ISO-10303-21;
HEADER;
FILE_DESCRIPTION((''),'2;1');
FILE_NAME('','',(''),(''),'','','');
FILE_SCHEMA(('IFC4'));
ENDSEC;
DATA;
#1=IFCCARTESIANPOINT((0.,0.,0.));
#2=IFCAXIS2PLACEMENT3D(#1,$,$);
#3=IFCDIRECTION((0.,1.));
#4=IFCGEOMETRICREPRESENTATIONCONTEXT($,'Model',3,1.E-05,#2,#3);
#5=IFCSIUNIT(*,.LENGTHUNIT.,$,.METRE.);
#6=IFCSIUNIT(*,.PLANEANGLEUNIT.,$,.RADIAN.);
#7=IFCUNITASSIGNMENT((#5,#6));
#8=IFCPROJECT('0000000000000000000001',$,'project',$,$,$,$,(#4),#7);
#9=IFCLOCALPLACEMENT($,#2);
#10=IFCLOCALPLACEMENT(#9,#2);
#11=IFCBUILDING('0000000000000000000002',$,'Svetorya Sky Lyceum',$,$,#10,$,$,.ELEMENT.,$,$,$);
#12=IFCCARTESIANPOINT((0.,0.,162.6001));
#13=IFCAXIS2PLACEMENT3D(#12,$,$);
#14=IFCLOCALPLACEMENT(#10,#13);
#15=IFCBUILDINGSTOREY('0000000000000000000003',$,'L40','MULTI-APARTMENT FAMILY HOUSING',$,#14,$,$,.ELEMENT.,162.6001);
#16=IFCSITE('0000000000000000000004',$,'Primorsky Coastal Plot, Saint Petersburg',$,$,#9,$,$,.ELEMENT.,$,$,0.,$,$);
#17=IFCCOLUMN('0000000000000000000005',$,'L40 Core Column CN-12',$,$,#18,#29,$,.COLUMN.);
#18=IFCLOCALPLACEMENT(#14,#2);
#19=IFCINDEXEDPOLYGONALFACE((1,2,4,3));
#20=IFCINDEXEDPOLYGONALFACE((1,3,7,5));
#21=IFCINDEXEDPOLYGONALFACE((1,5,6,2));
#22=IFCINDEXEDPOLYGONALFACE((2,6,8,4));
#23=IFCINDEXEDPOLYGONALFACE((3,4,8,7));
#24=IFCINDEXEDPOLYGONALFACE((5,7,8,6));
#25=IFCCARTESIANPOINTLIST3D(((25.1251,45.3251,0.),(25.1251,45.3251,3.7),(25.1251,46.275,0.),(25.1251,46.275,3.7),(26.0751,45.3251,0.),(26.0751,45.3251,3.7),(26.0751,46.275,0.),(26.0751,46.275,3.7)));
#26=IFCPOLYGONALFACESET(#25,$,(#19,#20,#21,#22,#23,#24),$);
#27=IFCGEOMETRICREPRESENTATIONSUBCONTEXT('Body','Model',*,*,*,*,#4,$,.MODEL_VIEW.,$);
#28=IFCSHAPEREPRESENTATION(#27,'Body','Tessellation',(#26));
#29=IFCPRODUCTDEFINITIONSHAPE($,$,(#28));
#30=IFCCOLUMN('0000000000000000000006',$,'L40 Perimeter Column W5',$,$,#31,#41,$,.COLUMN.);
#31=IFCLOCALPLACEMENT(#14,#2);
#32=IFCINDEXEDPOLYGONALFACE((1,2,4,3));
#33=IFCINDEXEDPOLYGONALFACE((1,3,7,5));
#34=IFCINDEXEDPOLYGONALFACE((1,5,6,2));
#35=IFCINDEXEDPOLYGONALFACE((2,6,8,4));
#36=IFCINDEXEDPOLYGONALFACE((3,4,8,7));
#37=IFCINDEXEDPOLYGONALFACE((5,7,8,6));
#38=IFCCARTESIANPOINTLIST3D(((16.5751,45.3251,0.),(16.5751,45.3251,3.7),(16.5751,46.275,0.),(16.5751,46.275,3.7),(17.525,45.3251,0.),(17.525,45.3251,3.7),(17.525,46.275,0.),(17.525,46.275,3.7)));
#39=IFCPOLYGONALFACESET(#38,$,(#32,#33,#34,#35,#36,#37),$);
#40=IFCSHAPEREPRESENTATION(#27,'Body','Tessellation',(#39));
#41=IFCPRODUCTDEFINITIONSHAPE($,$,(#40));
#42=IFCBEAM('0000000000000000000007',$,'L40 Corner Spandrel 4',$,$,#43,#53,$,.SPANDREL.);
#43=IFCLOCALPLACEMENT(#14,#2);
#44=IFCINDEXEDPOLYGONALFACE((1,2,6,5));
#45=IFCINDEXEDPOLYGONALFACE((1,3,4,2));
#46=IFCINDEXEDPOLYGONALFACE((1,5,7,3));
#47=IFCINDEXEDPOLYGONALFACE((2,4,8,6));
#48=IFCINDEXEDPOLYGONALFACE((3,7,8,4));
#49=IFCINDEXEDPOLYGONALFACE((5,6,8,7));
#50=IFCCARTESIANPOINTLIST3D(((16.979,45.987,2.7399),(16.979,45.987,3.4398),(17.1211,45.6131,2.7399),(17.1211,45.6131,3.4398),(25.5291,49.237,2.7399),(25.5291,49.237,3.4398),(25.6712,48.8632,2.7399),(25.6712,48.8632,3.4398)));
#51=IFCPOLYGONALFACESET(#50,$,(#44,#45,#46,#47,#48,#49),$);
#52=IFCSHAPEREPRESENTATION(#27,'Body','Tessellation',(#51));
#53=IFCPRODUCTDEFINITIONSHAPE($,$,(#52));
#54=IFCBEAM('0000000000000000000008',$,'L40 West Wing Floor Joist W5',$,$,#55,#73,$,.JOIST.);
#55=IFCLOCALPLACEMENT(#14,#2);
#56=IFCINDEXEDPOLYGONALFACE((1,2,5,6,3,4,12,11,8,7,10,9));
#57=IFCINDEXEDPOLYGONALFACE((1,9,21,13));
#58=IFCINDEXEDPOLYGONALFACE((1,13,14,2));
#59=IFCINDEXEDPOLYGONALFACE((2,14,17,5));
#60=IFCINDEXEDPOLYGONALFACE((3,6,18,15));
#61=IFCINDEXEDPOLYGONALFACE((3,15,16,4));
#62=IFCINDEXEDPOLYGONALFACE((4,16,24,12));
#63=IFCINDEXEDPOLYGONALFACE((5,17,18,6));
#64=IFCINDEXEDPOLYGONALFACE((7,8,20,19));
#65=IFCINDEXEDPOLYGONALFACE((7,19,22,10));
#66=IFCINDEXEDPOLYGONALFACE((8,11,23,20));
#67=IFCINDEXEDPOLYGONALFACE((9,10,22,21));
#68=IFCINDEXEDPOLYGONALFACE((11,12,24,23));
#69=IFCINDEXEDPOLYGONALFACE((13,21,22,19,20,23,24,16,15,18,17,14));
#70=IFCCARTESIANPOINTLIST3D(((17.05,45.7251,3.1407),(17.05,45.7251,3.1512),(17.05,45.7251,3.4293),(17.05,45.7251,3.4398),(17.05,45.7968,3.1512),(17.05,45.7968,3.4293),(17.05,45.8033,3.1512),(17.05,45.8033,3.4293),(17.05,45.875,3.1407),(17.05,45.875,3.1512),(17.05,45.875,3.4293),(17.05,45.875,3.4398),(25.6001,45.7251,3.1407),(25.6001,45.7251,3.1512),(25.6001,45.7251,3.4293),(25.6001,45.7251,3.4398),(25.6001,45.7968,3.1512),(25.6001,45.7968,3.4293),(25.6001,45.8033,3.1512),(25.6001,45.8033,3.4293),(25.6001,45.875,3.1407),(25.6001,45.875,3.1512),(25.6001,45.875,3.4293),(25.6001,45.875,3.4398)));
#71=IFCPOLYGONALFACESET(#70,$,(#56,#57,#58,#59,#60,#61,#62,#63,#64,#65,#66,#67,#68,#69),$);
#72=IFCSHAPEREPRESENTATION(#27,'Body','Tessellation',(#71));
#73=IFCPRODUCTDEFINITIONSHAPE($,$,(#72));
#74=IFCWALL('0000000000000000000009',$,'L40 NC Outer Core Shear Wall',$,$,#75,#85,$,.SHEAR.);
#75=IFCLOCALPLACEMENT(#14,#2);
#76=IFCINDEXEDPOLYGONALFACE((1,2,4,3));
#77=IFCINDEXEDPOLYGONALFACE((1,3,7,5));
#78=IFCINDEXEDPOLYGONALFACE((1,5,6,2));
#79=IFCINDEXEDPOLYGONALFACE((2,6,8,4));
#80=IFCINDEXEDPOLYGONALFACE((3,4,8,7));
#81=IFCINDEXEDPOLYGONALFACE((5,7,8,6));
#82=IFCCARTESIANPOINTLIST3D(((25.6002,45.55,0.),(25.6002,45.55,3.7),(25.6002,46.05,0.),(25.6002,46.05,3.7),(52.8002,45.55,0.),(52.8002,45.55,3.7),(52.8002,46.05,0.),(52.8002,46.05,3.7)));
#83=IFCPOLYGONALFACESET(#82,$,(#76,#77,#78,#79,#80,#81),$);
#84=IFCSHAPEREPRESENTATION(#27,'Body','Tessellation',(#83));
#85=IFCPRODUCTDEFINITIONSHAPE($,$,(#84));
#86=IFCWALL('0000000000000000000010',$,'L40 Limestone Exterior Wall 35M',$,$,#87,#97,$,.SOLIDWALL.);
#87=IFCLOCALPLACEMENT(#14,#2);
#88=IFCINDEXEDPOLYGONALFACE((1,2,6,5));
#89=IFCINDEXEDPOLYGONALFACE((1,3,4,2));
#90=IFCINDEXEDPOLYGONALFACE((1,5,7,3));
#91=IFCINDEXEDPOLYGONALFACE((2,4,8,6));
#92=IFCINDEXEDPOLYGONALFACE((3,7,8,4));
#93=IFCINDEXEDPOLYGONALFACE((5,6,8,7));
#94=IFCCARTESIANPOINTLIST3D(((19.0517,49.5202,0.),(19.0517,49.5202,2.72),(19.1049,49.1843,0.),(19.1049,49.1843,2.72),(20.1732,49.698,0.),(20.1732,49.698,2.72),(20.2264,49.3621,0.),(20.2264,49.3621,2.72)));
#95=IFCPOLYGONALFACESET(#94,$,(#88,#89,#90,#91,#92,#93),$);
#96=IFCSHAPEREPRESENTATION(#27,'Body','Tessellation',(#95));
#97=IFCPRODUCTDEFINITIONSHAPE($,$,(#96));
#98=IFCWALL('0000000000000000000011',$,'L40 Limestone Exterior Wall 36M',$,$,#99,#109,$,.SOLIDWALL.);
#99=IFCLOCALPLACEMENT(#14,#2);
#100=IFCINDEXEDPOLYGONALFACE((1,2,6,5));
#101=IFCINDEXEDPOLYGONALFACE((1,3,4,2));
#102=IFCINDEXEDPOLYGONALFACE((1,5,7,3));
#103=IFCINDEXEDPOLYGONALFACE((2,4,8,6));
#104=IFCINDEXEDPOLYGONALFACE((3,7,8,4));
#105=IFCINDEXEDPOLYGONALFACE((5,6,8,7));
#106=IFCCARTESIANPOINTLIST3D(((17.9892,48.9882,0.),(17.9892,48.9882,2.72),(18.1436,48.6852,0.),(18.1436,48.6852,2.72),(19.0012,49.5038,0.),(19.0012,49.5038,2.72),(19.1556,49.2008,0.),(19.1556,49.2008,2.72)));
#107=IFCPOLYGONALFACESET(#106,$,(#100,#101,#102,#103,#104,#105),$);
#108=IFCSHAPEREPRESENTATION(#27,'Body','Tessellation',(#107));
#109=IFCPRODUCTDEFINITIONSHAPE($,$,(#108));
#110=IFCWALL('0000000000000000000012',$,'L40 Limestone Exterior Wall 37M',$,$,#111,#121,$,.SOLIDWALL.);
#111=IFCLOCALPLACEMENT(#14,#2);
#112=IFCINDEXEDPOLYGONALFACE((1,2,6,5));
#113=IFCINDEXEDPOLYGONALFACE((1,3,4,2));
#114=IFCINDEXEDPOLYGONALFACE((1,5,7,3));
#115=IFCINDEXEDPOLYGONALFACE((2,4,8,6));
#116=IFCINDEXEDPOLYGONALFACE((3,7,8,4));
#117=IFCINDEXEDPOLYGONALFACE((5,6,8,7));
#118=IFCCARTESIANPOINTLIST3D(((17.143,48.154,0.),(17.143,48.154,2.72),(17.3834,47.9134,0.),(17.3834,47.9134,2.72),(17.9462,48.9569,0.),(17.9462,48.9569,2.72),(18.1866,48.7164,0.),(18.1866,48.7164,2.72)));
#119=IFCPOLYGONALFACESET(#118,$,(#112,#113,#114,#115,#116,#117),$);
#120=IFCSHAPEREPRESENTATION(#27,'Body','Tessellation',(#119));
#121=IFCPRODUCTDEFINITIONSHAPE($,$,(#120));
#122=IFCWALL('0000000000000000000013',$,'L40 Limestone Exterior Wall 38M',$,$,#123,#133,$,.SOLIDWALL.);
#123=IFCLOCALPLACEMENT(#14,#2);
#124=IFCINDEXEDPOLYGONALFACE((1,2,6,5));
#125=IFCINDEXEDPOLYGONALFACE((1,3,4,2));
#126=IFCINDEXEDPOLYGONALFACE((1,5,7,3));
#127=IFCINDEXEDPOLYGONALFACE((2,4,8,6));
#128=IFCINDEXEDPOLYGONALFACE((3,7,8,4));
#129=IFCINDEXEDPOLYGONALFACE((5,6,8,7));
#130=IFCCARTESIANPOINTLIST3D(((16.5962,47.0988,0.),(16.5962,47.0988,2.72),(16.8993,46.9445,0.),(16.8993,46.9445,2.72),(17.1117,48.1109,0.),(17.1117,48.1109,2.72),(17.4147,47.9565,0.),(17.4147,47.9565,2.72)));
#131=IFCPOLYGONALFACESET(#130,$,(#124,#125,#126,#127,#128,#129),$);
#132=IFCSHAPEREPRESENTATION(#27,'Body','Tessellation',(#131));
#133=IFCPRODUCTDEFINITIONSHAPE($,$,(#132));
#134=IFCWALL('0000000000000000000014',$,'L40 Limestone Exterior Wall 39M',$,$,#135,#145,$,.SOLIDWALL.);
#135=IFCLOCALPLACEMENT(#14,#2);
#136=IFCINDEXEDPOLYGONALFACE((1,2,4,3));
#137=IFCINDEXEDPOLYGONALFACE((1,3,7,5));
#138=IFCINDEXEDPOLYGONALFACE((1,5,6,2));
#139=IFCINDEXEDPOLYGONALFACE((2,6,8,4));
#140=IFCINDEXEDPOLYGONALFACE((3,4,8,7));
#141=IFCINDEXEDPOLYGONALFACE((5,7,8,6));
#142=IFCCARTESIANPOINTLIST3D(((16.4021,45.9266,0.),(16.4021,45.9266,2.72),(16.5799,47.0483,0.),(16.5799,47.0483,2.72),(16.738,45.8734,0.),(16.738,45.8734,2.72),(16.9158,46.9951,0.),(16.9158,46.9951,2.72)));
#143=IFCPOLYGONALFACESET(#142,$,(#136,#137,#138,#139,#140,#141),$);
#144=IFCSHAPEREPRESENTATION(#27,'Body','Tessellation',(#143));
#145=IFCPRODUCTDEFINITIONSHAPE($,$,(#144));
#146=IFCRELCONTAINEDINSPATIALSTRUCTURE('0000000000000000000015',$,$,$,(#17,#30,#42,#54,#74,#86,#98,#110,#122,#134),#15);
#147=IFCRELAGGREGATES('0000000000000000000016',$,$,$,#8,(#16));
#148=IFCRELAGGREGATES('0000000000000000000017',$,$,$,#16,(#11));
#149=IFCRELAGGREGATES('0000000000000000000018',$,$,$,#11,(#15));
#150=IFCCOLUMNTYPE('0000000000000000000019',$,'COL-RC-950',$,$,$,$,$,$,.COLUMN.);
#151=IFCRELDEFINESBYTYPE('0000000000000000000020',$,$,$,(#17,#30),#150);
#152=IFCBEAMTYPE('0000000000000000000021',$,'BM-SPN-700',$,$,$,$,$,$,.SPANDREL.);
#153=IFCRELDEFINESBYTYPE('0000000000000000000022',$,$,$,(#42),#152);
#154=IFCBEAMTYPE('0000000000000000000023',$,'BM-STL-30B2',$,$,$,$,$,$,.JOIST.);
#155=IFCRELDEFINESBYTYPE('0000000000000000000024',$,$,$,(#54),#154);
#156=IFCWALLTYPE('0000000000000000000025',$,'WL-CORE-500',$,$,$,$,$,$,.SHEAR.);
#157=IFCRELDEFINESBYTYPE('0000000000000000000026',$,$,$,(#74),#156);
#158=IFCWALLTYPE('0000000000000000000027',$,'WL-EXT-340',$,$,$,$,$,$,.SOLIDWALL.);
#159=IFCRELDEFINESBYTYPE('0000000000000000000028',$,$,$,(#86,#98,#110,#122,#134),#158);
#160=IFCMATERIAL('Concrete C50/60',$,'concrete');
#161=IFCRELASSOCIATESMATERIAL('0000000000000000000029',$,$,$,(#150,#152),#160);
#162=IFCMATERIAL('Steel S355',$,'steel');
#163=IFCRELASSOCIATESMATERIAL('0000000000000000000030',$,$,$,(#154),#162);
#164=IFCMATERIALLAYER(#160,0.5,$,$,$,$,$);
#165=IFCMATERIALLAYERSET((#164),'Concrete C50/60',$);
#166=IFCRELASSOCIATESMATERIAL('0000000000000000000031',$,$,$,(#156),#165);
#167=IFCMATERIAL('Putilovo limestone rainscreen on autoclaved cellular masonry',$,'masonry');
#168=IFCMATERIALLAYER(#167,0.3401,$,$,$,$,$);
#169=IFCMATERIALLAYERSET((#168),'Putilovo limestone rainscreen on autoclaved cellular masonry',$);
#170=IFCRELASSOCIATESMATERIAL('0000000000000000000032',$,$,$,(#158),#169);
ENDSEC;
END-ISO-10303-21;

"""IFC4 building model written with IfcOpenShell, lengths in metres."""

from ifc_helpers import new_model, si_unit, direction, frame, frame_2d, origin, origin_2d, place, context, subcontext, project, spatial, rectangle, i_section, extrude, material, layer, layer_set, material_profile, profile_set, type_object, element, save


model = new_model("IFC4")

# Units and contexts
model_context = context("Model", 3, precision=1e-05, world=origin(), true_north=direction((0.0, 1.0)))
body_context = subcontext(model_context, "Body", "Model", "MODEL_VIEW")
ifc_project = project(units=[si_unit("LENGTHUNIT", "METRE"), si_unit("PLANEANGLEUNIT", "RADIAN")], contexts=[model_context])

# Site, building, storey
site_placement = place(None, origin())
site = spatial("IfcSite", under=ifc_project, at=site_placement, Name="Primorsky Coastal Plot, Saint Petersburg", CompositionType="ELEMENT", RefElevation=0.0)
building_placement = place(site_placement, origin())
building = spatial("IfcBuilding", under=site, at=building_placement, Name="Svetorya Sky Lyceum", CompositionType="ELEMENT")
storey_placement = place(building_placement, frame((0.0, 0.0, 162.6001)))
storey = spatial("IfcBuildingStorey", under=building, at=storey_placement, Name="L40", Description="MULTI-APARTMENT FAMILY HOUSING", CompositionType="ELEMENT", Elevation=162.6001)

# Columns
ifc_material_1 = material(Name="Concrete C50/60", Category="concrete")
ifc_material_profile_1 = material_profile(ifc_material_1, rectangle(XDim=0.95, YDim=0.95, at=origin_2d()), Name="RC COL 950x950")
ifc_profile_set_1 = profile_set([ifc_material_profile_1], Name="Concrete C50/60")
column_type = type_object("IfcColumnType", Name="COL-RC-950", PredefinedType="COLUMN", material=ifc_profile_set_1)
for number, where, z_axis, x_axis, name in (
    (1, (25.6001, 45.8, 0.0), (0.0, 0.0, 1.0), (1.0, 0.0, 0.0), "L40 Core Column CN-12"),
    (2, (17.05, 45.8, 0.0), (0.0, 0.0, 1.0), (1.0, 0.0, 0.0), "L40 Perimeter Column W5"),
):
    element("IfcColumn", number, at=place(storey_placement, frame(where, z_axis=z_axis, x_axis=x_axis)), inside=storey, type_object=column_type, Name=name, PredefinedType="COLUMN", context=body_context, shape_type="SweptSolid", body=[
        extrude(rectangle(XDim=0.95, YDim=0.95, at=origin_2d()), origin(), (0.0, 0.0, 1.0), 3.7),
    ])

# Beams
ifc_material_profile_2 = material_profile(ifc_material_1, rectangle(XDim=0.3999, YDim=0.7, at=origin_2d()), Name="RC SPANDREL 400x700")
ifc_profile_set_2 = profile_set([ifc_material_profile_2], Name="Concrete C50/60")
beam_type_1 = type_object("IfcBeamType", Name="BM-SPN-700", PredefinedType="SPANDREL", material=ifc_profile_set_2)
beam_1_placement = place(storey_placement, frame((17.05, 45.8, 3.0898), z_axis=(0.934748, 0.355312, 0.0), x_axis=(-0.355312, 0.934748, 0.0)))
element("IfcBeam", 3, at=beam_1_placement, inside=storey, type_object=beam_type_1, Name="L40 Corner Spandrel 4", PredefinedType="SPANDREL", context=body_context, shape_type="SweptSolid", body=[
    extrude(rectangle(XDim=0.3999, YDim=0.7, at=origin_2d()), origin(), (0.0, 0.0, 1.0), 9.147),
])
ifc_material_2 = material(Name="Steel S355", Category="steel")
ifc_material_profile_3 = material_profile(ifc_material_2, i_section(OverallWidth=0.1499, OverallDepth=0.2991, WebThickness=0.0066, FlangeThickness=0.0105, at=origin_2d()), Name="GOST 30B2")
ifc_profile_set_3 = profile_set([ifc_material_profile_3], Name="Steel S355")
beam_type_2 = type_object("IfcBeamType", Name="BM-STL-30B2", PredefinedType="JOIST", material=ifc_profile_set_3)
beam_2_placement = place(storey_placement, frame((17.05, 45.8, 3.2903), z_axis=(1.0, 0.0, 0.0), x_axis=(0.0, 1.0, 0.0)))
element("IfcBeam", 4, at=beam_2_placement, inside=storey, type_object=beam_type_2, Name="L40 West Wing Floor Joist W5", PredefinedType="JOIST", context=body_context, shape_type="SweptSolid", body=[
    extrude(i_section(OverallWidth=0.1499, OverallDepth=0.2991, WebThickness=0.0066, FlangeThickness=0.0105, at=origin_2d()), origin(), (0.0, 0.0, 1.0), 8.55),
])

# Walls
ifc_layer_1 = layer(ifc_material_1, 0.5)
ifc_layer_set_1 = layer_set([ifc_layer_1], Name="Concrete C50/60")
wall_type_1 = type_object("IfcWallType", Name="WL-CORE-500", PredefinedType="SHEAR", material=ifc_layer_set_1)
wall_1_placement = place(storey_placement, frame((25.6001, 45.8, 0.0), z_axis=(0.0, 0.0, 1.0), x_axis=(1.0, 0.0, 0.0)))
element("IfcWall", 5, at=wall_1_placement, inside=storey, type_object=wall_type_1, Name="L40 NC Outer Core Shear Wall", PredefinedType="SHEAR", context=body_context, shape_type="SweptSolid", body=[
    extrude(rectangle(XDim=27.2, YDim=0.5, at=frame_2d((13.6001, 0.0))), origin(), (0.0, 0.0, 1.0), 3.7),
])
ifc_material_3 = material(Name="Putilovo limestone rainscreen on autoclaved cellular masonry", Category="masonry")
ifc_layer_2 = layer(ifc_material_3, 0.3401)
ifc_layer_set_2 = layer_set([ifc_layer_2], Name="Putilovo limestone rainscreen on autoclaved cellular masonry")
wall_type_2 = type_object("IfcWallType", Name="WL-EXT-340", PredefinedType="SOLIDWALL", material=ifc_layer_set_2)
wall_2_placement = place(storey_placement, frame((20.2, 49.53, 0.0), z_axis=(0.0, 0.0, 1.0), x_axis=(-0.987676, -0.156515, 0.0)))
element("IfcWall", 6, at=wall_2_placement, inside=storey, type_object=wall_type_2, Name="L40 Limestone Exterior Wall 35M", PredefinedType="SOLIDWALL", context=body_context, shape_type="SweptSolid", body=[
    extrude(rectangle(XDim=1.1355, YDim=0.3401, at=frame_2d((0.5679, 0.0))), origin(), (0.0, 0.0, 1.0), 2.72),
])
for number, where, z_axis, x_axis, name in (
    (7, (19.0784, 49.3523, 0.0), (0.0, 0.0, 1.0), (-0.891005, -0.453993, 0.0), "L40 Limestone Exterior Wall 36M"),
    (8, (18.0664, 48.8367, 0.0), (0.0, 0.0, 1.0), (-0.707214, -0.706999, 0.0), "L40 Limestone Exterior Wall 37M"),
    (9, (17.2632, 48.0337, 0.0), (0.0, 0.0, 1.0), (-0.453823, -0.891092, 0.0), "L40 Limestone Exterior Wall 38M"),
    (10, (16.7478, 47.0217, 0.0), (0.0, 0.0, 1.0), (-0.156481, -0.987681, 0.0), "L40 Limestone Exterior Wall 39M"),
):
    element("IfcWall", number, at=place(storey_placement, frame(where, z_axis=z_axis, x_axis=x_axis)), inside=storey, type_object=wall_type_2, Name=name, PredefinedType="SOLIDWALL", context=body_context, shape_type="SweptSolid", body=[
        extrude(rectangle(XDim=1.1357, YDim=0.3401, at=frame_2d((0.5679, 0.0))), origin(), (0.0, 0.0, 1.0), 2.72),
    ])

save(model, "model.ifc")
